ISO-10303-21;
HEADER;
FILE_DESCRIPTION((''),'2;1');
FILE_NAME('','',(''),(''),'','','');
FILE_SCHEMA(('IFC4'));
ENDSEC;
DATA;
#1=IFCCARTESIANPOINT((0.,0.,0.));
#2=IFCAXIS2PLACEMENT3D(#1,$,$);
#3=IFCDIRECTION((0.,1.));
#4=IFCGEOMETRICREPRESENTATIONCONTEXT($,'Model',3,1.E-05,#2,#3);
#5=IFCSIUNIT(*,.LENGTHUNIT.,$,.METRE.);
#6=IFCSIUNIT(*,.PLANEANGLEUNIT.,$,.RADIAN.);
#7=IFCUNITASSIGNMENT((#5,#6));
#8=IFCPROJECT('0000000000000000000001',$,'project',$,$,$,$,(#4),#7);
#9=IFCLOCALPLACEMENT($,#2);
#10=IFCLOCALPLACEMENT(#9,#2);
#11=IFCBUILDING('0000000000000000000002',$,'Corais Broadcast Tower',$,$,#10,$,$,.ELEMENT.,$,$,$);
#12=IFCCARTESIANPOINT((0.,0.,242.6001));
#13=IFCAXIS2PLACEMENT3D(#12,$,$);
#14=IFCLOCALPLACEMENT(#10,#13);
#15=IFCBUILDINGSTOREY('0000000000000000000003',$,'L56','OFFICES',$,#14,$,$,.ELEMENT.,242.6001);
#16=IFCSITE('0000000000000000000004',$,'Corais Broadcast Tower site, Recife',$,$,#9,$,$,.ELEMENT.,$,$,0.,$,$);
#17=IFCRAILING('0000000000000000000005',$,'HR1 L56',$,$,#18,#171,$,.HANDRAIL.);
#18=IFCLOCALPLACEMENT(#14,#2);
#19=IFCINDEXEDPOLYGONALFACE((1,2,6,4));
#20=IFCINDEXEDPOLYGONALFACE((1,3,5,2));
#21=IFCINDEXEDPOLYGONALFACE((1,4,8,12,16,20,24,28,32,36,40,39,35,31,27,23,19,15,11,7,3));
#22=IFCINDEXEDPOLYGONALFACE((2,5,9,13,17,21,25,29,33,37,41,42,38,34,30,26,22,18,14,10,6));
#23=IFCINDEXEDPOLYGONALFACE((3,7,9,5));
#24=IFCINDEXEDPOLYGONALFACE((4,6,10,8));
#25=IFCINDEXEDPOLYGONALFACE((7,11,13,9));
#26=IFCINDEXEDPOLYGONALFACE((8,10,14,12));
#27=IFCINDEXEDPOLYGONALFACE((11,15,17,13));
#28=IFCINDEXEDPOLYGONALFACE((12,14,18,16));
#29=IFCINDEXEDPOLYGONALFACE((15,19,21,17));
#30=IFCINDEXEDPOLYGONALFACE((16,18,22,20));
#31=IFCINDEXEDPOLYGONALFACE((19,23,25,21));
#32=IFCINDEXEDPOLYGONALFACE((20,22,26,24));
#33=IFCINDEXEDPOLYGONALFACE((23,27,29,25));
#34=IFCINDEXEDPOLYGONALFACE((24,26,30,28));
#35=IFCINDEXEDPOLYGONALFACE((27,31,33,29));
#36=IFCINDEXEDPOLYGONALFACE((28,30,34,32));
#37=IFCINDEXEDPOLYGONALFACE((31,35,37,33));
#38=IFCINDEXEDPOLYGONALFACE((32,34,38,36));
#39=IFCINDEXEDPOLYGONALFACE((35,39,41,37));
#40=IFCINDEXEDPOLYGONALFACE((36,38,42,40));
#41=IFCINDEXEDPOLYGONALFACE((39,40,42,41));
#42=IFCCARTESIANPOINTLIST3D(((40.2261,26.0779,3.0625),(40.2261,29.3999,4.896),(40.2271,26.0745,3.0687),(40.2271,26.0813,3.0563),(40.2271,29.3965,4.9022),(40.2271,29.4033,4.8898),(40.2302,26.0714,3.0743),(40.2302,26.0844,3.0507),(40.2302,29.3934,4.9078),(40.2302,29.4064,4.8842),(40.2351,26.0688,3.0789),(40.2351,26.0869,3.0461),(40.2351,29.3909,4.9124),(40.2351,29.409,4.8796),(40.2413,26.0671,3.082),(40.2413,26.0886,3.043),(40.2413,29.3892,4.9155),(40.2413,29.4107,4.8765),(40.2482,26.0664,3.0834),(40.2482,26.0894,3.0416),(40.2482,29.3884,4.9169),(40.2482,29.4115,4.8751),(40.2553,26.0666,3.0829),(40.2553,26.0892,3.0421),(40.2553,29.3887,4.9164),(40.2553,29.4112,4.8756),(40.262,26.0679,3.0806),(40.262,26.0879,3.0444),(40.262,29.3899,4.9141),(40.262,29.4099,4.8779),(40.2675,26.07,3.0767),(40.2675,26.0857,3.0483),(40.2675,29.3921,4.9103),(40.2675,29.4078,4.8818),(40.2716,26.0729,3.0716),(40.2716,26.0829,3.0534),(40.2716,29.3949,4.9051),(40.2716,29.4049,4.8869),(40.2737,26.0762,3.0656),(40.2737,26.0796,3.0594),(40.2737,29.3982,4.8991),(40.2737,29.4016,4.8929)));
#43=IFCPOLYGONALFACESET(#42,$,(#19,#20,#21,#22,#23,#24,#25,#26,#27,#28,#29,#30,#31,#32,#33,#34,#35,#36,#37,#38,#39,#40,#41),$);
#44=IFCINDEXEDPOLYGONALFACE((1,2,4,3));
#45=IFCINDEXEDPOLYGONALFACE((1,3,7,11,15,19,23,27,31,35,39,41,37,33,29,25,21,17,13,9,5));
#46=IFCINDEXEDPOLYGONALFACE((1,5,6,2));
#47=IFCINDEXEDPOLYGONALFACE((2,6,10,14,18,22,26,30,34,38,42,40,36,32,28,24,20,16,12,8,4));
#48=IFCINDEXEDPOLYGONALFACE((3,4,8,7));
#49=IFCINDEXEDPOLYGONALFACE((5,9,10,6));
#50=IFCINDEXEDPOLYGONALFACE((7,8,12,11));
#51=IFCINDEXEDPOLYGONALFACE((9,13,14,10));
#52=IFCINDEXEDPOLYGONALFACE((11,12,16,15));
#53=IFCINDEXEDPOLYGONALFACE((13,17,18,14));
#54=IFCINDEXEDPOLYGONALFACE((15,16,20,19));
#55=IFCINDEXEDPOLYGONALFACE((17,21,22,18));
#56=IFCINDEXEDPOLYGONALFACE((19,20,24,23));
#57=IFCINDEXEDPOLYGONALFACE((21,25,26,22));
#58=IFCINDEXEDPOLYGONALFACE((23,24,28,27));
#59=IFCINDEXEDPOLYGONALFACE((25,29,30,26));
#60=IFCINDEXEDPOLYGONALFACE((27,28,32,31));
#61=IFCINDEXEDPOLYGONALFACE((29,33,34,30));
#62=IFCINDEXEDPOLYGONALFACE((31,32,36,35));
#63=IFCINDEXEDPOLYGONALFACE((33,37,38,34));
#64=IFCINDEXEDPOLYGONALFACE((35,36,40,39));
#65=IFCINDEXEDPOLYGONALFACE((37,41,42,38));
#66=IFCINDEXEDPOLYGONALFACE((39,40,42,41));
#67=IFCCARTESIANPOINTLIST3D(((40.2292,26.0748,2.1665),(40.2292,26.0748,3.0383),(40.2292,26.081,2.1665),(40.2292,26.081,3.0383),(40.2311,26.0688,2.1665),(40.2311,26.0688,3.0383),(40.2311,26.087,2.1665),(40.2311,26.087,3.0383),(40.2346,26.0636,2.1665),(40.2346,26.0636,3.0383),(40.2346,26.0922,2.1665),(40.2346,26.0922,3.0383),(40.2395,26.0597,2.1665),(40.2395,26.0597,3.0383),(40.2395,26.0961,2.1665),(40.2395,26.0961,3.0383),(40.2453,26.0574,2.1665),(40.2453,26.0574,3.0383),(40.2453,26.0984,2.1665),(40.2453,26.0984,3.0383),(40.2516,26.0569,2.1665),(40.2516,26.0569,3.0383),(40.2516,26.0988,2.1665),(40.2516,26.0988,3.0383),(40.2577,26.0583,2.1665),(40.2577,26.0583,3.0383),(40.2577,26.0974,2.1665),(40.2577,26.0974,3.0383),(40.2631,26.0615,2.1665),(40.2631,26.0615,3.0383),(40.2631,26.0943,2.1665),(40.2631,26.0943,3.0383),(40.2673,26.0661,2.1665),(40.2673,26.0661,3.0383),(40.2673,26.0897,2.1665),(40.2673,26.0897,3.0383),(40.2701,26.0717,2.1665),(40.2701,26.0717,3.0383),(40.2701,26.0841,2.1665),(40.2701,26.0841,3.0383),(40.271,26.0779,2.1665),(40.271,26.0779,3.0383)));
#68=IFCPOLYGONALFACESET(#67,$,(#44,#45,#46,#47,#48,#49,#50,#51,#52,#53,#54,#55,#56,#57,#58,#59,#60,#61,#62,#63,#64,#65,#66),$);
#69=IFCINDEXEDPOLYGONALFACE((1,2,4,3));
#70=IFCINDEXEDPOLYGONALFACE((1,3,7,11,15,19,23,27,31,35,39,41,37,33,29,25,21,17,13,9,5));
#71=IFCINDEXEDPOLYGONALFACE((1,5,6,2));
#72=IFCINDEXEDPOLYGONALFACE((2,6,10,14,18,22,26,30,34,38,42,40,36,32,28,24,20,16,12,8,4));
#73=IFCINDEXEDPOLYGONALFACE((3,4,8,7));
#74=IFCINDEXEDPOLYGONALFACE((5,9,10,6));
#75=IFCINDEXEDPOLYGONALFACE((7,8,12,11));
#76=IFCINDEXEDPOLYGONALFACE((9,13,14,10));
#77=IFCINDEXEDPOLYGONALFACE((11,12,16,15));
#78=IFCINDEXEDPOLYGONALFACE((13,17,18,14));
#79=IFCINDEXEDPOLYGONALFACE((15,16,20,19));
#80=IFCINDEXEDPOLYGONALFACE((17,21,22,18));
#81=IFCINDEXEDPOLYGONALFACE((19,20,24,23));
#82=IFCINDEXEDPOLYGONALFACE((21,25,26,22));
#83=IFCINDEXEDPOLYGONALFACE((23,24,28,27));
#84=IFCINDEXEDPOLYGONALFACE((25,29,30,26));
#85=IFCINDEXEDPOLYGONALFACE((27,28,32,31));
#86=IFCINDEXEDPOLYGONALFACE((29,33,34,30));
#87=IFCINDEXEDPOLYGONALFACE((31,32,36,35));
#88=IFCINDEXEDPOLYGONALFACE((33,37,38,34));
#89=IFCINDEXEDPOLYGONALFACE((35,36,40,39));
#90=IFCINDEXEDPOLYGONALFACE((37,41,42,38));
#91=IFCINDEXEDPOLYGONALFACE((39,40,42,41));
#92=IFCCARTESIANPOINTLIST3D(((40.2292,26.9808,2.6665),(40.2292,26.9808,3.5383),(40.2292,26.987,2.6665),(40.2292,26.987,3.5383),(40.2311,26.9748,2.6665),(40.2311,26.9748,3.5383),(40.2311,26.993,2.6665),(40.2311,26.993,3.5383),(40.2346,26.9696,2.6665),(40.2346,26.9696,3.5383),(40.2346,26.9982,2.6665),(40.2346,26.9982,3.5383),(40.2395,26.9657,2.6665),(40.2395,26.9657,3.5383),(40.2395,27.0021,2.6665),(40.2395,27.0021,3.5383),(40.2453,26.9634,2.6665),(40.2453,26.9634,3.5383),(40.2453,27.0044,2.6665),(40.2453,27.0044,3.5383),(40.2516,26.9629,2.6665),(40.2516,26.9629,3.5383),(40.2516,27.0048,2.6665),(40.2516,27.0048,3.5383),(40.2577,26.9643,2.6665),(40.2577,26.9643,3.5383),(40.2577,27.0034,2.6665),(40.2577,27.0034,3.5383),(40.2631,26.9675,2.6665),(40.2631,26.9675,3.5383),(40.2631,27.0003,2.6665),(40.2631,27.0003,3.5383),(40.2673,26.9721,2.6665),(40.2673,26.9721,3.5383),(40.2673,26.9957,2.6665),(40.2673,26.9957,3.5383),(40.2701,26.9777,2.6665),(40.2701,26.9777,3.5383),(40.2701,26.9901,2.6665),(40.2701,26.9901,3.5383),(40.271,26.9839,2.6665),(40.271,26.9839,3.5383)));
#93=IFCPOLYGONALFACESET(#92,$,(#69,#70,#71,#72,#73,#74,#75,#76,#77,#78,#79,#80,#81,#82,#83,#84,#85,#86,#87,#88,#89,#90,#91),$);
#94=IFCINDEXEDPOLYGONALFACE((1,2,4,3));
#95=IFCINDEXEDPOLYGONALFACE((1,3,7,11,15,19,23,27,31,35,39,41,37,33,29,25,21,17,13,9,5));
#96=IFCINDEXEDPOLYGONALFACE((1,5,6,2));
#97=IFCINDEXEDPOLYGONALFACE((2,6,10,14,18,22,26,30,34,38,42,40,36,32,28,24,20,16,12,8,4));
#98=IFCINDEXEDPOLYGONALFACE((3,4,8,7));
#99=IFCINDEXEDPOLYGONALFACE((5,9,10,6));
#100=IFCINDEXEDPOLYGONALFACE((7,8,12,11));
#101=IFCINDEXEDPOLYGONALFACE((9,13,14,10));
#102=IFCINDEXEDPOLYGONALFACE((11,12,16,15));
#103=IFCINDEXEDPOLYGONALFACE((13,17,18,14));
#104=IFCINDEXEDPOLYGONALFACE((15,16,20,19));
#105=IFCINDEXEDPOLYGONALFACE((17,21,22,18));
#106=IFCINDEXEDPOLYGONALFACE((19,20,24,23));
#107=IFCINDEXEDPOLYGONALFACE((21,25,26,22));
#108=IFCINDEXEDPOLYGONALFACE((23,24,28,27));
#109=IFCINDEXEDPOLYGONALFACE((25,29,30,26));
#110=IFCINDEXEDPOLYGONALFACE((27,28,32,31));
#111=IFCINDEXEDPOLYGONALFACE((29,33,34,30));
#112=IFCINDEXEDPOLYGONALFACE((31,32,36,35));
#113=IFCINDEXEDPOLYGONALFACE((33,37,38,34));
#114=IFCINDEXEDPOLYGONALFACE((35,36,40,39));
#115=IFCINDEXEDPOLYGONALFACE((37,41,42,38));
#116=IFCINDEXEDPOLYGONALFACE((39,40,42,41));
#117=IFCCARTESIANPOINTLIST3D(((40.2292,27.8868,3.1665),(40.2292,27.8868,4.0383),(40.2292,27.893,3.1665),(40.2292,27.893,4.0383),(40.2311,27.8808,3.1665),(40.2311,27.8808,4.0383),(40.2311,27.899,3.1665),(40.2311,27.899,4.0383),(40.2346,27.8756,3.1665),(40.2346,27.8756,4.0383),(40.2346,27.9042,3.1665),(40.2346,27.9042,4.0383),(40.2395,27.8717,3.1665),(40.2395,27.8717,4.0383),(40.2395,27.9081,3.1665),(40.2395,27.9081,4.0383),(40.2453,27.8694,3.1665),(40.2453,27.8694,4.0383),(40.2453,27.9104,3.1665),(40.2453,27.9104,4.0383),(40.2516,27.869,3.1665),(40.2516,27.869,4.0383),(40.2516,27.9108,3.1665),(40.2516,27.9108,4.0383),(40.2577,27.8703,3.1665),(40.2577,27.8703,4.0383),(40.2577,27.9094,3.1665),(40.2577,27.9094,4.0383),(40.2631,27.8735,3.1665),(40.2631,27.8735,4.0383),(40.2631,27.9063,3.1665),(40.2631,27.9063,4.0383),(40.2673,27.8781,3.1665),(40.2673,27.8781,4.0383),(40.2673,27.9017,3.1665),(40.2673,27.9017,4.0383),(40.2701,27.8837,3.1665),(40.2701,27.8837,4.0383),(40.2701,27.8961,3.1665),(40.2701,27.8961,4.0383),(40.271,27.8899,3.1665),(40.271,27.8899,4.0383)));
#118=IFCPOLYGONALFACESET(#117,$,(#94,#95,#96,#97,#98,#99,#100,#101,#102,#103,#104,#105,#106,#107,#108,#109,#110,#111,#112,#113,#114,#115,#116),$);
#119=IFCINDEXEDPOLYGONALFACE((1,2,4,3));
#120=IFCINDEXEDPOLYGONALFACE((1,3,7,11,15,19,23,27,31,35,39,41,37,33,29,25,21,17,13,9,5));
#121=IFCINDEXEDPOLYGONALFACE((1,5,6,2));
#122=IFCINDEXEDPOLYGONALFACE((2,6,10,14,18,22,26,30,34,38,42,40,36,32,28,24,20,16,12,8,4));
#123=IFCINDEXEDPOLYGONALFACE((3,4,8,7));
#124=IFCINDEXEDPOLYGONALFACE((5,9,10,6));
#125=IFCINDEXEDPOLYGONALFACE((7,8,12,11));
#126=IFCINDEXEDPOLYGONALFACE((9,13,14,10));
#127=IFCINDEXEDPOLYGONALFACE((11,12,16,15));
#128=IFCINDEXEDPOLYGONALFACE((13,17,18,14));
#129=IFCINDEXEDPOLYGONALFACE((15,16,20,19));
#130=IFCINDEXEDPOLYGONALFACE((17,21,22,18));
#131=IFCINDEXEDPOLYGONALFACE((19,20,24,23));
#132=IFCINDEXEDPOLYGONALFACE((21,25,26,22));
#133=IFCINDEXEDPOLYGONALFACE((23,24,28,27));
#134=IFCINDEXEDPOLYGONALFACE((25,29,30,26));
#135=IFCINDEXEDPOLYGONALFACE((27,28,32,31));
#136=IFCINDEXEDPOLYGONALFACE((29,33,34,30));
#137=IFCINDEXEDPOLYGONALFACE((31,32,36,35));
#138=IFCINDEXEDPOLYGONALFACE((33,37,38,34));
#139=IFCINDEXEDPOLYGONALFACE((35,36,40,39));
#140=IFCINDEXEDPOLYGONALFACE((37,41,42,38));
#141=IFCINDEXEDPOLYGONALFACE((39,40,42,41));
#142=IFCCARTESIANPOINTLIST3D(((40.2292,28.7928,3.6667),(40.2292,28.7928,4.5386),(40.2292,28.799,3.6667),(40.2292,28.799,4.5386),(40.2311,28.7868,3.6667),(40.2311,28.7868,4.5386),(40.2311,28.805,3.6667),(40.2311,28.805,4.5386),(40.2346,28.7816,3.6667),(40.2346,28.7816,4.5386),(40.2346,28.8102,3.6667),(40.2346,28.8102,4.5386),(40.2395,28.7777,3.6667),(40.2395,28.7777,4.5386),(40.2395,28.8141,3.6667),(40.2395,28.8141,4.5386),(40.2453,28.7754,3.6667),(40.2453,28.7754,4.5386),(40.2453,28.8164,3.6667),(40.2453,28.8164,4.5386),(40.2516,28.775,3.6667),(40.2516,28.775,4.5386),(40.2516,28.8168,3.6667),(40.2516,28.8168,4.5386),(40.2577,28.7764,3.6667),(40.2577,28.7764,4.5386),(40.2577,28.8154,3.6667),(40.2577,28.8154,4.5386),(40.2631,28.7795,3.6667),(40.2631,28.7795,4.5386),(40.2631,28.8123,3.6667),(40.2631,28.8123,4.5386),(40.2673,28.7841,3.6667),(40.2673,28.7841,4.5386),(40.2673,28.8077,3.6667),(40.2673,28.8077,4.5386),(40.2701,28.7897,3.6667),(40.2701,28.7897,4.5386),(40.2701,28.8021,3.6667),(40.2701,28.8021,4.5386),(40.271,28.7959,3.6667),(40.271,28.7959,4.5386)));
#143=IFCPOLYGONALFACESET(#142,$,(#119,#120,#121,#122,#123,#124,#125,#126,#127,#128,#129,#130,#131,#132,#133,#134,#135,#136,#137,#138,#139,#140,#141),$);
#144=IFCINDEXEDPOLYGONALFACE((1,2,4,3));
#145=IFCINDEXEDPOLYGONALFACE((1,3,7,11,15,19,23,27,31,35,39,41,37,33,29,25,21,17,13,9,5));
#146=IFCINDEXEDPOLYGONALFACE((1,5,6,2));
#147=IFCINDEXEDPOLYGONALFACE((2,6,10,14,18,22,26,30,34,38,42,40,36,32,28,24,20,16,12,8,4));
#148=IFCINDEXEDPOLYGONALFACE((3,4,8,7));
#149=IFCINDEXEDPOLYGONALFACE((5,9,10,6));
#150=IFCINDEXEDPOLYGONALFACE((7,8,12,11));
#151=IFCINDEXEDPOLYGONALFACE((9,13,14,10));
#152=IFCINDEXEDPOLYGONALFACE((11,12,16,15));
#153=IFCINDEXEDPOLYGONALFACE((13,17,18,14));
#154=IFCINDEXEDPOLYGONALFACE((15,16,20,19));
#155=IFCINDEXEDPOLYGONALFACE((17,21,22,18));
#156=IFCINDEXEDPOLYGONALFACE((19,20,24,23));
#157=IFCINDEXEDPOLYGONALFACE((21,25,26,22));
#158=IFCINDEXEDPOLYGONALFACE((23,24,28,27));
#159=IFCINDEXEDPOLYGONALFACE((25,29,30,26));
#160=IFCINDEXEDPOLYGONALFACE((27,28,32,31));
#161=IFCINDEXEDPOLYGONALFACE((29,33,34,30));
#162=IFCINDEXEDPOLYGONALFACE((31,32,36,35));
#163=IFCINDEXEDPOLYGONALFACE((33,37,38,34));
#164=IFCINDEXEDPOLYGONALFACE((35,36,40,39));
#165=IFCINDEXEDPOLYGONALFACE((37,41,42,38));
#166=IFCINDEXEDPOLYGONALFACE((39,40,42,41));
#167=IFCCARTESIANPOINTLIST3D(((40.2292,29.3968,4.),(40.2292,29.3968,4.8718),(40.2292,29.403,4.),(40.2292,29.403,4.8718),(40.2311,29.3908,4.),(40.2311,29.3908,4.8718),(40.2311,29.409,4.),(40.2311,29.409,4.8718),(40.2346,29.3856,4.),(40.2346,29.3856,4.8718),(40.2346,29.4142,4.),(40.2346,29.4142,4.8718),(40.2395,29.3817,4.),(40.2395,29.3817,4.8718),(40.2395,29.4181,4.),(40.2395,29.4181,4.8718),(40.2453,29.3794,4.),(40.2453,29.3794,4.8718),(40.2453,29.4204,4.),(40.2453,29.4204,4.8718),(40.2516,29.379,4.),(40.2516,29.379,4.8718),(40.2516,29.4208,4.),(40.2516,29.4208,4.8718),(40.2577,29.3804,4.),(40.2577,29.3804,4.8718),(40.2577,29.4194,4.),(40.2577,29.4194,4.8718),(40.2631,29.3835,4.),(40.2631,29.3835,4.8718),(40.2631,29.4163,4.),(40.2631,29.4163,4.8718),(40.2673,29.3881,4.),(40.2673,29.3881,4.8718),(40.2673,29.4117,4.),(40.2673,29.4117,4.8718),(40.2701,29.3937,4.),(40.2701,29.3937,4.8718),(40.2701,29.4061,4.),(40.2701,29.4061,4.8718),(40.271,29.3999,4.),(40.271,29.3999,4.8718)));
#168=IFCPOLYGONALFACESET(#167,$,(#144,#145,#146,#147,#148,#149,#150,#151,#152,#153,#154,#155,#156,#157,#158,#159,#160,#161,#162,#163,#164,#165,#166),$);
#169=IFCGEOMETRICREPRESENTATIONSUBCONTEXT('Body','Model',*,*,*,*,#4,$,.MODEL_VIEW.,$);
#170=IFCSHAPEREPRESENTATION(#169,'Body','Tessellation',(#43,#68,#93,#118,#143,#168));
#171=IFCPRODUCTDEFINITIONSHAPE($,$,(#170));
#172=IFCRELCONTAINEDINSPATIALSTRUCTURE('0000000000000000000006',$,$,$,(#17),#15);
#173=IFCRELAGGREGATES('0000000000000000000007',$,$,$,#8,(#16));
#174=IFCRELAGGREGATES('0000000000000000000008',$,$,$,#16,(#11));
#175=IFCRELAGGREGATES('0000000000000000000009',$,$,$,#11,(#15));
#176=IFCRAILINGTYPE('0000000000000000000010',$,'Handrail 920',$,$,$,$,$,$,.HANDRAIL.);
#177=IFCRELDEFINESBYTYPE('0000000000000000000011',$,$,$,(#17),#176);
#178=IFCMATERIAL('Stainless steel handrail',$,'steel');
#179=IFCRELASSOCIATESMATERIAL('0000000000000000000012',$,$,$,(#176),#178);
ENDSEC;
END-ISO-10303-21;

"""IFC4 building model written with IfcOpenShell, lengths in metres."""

from ifc_helpers import new_model, si_unit, direction, frame, origin, origin_2d, place, context, subcontext, project, spatial, circle, extrude, material, type_object, element, save


model = new_model("IFC4")

# Units and contexts
model_context = context("Model", 3, precision=1e-05, world=origin(), true_north=direction((0.0, 1.0)))
body_context = subcontext(model_context, "Body", "Model", "MODEL_VIEW")
ifc_project = project(units=[si_unit("LENGTHUNIT", "METRE"), si_unit("PLANEANGLEUNIT", "RADIAN")], contexts=[model_context])

# Site, building, storey
site_placement = place(None, origin())
site = spatial("IfcSite", under=ifc_project, at=site_placement, Name="Corais Broadcast Tower site, Recife", CompositionType="ELEMENT", RefElevation=0.0)
building_placement = place(site_placement, origin())
building = spatial("IfcBuilding", under=site, at=building_placement, Name="Corais Broadcast Tower", CompositionType="ELEMENT")
storey_placement = place(building_placement, frame((0.0, 0.0, 242.6001)))
storey = spatial("IfcBuildingStorey", under=building, at=storey_placement, Name="L56", Description="OFFICES", CompositionType="ELEMENT", Elevation=242.6001)

# Railing
ifc_material_1 = material(Name="Stainless steel handrail", Category="steel")
railing_type = type_object("IfcRailingType", Name="Handrail 920", PredefinedType="HANDRAIL", material=ifc_material_1)
for number, where, name in (
    (1, (40.25, 26.0779, 2.1665), "HR1 L56"),
):
    element("IfcRailing", number, at=place(storey_placement, frame(where)), inside=storey, type_object=railing_type, Name=name, PredefinedType="HANDRAIL", context=body_context, shape_type="SweptSolid", body=[
        extrude(circle(Radius=0.0239, at=origin_2d()), frame((0.0, 0.0, 0.896), z_axis=(0.0, 0.875504, 0.48321), x_axis=(-1.0, 0.0, 0.0)), (0.0, 0.0, 1.0), 3.7944),
        extrude(circle(Radius=0.021, at=origin_2d()), origin(), (0.0, 0.0, 1.0), 0.8718),
        extrude(circle(Radius=0.021, at=origin_2d()), frame((0.0, 0.906, 0.5)), (0.0, 0.0, 1.0), 0.8718),
        extrude(circle(Radius=0.021, at=origin_2d()), frame((0.0, 1.812, 1.0)), (0.0, 0.0, 1.0), 0.8718),
        extrude(circle(Radius=0.021, at=origin_2d()), frame((0.0, 2.718, 1.5002)), (0.0, 0.0, 1.0), 0.8718),
        extrude(circle(Radius=0.021, at=origin_2d()), frame((0.0, 3.322, 1.8335)), (0.0, 0.0, 1.0), 0.8718),
    ])

save(model, "model.ifc")
